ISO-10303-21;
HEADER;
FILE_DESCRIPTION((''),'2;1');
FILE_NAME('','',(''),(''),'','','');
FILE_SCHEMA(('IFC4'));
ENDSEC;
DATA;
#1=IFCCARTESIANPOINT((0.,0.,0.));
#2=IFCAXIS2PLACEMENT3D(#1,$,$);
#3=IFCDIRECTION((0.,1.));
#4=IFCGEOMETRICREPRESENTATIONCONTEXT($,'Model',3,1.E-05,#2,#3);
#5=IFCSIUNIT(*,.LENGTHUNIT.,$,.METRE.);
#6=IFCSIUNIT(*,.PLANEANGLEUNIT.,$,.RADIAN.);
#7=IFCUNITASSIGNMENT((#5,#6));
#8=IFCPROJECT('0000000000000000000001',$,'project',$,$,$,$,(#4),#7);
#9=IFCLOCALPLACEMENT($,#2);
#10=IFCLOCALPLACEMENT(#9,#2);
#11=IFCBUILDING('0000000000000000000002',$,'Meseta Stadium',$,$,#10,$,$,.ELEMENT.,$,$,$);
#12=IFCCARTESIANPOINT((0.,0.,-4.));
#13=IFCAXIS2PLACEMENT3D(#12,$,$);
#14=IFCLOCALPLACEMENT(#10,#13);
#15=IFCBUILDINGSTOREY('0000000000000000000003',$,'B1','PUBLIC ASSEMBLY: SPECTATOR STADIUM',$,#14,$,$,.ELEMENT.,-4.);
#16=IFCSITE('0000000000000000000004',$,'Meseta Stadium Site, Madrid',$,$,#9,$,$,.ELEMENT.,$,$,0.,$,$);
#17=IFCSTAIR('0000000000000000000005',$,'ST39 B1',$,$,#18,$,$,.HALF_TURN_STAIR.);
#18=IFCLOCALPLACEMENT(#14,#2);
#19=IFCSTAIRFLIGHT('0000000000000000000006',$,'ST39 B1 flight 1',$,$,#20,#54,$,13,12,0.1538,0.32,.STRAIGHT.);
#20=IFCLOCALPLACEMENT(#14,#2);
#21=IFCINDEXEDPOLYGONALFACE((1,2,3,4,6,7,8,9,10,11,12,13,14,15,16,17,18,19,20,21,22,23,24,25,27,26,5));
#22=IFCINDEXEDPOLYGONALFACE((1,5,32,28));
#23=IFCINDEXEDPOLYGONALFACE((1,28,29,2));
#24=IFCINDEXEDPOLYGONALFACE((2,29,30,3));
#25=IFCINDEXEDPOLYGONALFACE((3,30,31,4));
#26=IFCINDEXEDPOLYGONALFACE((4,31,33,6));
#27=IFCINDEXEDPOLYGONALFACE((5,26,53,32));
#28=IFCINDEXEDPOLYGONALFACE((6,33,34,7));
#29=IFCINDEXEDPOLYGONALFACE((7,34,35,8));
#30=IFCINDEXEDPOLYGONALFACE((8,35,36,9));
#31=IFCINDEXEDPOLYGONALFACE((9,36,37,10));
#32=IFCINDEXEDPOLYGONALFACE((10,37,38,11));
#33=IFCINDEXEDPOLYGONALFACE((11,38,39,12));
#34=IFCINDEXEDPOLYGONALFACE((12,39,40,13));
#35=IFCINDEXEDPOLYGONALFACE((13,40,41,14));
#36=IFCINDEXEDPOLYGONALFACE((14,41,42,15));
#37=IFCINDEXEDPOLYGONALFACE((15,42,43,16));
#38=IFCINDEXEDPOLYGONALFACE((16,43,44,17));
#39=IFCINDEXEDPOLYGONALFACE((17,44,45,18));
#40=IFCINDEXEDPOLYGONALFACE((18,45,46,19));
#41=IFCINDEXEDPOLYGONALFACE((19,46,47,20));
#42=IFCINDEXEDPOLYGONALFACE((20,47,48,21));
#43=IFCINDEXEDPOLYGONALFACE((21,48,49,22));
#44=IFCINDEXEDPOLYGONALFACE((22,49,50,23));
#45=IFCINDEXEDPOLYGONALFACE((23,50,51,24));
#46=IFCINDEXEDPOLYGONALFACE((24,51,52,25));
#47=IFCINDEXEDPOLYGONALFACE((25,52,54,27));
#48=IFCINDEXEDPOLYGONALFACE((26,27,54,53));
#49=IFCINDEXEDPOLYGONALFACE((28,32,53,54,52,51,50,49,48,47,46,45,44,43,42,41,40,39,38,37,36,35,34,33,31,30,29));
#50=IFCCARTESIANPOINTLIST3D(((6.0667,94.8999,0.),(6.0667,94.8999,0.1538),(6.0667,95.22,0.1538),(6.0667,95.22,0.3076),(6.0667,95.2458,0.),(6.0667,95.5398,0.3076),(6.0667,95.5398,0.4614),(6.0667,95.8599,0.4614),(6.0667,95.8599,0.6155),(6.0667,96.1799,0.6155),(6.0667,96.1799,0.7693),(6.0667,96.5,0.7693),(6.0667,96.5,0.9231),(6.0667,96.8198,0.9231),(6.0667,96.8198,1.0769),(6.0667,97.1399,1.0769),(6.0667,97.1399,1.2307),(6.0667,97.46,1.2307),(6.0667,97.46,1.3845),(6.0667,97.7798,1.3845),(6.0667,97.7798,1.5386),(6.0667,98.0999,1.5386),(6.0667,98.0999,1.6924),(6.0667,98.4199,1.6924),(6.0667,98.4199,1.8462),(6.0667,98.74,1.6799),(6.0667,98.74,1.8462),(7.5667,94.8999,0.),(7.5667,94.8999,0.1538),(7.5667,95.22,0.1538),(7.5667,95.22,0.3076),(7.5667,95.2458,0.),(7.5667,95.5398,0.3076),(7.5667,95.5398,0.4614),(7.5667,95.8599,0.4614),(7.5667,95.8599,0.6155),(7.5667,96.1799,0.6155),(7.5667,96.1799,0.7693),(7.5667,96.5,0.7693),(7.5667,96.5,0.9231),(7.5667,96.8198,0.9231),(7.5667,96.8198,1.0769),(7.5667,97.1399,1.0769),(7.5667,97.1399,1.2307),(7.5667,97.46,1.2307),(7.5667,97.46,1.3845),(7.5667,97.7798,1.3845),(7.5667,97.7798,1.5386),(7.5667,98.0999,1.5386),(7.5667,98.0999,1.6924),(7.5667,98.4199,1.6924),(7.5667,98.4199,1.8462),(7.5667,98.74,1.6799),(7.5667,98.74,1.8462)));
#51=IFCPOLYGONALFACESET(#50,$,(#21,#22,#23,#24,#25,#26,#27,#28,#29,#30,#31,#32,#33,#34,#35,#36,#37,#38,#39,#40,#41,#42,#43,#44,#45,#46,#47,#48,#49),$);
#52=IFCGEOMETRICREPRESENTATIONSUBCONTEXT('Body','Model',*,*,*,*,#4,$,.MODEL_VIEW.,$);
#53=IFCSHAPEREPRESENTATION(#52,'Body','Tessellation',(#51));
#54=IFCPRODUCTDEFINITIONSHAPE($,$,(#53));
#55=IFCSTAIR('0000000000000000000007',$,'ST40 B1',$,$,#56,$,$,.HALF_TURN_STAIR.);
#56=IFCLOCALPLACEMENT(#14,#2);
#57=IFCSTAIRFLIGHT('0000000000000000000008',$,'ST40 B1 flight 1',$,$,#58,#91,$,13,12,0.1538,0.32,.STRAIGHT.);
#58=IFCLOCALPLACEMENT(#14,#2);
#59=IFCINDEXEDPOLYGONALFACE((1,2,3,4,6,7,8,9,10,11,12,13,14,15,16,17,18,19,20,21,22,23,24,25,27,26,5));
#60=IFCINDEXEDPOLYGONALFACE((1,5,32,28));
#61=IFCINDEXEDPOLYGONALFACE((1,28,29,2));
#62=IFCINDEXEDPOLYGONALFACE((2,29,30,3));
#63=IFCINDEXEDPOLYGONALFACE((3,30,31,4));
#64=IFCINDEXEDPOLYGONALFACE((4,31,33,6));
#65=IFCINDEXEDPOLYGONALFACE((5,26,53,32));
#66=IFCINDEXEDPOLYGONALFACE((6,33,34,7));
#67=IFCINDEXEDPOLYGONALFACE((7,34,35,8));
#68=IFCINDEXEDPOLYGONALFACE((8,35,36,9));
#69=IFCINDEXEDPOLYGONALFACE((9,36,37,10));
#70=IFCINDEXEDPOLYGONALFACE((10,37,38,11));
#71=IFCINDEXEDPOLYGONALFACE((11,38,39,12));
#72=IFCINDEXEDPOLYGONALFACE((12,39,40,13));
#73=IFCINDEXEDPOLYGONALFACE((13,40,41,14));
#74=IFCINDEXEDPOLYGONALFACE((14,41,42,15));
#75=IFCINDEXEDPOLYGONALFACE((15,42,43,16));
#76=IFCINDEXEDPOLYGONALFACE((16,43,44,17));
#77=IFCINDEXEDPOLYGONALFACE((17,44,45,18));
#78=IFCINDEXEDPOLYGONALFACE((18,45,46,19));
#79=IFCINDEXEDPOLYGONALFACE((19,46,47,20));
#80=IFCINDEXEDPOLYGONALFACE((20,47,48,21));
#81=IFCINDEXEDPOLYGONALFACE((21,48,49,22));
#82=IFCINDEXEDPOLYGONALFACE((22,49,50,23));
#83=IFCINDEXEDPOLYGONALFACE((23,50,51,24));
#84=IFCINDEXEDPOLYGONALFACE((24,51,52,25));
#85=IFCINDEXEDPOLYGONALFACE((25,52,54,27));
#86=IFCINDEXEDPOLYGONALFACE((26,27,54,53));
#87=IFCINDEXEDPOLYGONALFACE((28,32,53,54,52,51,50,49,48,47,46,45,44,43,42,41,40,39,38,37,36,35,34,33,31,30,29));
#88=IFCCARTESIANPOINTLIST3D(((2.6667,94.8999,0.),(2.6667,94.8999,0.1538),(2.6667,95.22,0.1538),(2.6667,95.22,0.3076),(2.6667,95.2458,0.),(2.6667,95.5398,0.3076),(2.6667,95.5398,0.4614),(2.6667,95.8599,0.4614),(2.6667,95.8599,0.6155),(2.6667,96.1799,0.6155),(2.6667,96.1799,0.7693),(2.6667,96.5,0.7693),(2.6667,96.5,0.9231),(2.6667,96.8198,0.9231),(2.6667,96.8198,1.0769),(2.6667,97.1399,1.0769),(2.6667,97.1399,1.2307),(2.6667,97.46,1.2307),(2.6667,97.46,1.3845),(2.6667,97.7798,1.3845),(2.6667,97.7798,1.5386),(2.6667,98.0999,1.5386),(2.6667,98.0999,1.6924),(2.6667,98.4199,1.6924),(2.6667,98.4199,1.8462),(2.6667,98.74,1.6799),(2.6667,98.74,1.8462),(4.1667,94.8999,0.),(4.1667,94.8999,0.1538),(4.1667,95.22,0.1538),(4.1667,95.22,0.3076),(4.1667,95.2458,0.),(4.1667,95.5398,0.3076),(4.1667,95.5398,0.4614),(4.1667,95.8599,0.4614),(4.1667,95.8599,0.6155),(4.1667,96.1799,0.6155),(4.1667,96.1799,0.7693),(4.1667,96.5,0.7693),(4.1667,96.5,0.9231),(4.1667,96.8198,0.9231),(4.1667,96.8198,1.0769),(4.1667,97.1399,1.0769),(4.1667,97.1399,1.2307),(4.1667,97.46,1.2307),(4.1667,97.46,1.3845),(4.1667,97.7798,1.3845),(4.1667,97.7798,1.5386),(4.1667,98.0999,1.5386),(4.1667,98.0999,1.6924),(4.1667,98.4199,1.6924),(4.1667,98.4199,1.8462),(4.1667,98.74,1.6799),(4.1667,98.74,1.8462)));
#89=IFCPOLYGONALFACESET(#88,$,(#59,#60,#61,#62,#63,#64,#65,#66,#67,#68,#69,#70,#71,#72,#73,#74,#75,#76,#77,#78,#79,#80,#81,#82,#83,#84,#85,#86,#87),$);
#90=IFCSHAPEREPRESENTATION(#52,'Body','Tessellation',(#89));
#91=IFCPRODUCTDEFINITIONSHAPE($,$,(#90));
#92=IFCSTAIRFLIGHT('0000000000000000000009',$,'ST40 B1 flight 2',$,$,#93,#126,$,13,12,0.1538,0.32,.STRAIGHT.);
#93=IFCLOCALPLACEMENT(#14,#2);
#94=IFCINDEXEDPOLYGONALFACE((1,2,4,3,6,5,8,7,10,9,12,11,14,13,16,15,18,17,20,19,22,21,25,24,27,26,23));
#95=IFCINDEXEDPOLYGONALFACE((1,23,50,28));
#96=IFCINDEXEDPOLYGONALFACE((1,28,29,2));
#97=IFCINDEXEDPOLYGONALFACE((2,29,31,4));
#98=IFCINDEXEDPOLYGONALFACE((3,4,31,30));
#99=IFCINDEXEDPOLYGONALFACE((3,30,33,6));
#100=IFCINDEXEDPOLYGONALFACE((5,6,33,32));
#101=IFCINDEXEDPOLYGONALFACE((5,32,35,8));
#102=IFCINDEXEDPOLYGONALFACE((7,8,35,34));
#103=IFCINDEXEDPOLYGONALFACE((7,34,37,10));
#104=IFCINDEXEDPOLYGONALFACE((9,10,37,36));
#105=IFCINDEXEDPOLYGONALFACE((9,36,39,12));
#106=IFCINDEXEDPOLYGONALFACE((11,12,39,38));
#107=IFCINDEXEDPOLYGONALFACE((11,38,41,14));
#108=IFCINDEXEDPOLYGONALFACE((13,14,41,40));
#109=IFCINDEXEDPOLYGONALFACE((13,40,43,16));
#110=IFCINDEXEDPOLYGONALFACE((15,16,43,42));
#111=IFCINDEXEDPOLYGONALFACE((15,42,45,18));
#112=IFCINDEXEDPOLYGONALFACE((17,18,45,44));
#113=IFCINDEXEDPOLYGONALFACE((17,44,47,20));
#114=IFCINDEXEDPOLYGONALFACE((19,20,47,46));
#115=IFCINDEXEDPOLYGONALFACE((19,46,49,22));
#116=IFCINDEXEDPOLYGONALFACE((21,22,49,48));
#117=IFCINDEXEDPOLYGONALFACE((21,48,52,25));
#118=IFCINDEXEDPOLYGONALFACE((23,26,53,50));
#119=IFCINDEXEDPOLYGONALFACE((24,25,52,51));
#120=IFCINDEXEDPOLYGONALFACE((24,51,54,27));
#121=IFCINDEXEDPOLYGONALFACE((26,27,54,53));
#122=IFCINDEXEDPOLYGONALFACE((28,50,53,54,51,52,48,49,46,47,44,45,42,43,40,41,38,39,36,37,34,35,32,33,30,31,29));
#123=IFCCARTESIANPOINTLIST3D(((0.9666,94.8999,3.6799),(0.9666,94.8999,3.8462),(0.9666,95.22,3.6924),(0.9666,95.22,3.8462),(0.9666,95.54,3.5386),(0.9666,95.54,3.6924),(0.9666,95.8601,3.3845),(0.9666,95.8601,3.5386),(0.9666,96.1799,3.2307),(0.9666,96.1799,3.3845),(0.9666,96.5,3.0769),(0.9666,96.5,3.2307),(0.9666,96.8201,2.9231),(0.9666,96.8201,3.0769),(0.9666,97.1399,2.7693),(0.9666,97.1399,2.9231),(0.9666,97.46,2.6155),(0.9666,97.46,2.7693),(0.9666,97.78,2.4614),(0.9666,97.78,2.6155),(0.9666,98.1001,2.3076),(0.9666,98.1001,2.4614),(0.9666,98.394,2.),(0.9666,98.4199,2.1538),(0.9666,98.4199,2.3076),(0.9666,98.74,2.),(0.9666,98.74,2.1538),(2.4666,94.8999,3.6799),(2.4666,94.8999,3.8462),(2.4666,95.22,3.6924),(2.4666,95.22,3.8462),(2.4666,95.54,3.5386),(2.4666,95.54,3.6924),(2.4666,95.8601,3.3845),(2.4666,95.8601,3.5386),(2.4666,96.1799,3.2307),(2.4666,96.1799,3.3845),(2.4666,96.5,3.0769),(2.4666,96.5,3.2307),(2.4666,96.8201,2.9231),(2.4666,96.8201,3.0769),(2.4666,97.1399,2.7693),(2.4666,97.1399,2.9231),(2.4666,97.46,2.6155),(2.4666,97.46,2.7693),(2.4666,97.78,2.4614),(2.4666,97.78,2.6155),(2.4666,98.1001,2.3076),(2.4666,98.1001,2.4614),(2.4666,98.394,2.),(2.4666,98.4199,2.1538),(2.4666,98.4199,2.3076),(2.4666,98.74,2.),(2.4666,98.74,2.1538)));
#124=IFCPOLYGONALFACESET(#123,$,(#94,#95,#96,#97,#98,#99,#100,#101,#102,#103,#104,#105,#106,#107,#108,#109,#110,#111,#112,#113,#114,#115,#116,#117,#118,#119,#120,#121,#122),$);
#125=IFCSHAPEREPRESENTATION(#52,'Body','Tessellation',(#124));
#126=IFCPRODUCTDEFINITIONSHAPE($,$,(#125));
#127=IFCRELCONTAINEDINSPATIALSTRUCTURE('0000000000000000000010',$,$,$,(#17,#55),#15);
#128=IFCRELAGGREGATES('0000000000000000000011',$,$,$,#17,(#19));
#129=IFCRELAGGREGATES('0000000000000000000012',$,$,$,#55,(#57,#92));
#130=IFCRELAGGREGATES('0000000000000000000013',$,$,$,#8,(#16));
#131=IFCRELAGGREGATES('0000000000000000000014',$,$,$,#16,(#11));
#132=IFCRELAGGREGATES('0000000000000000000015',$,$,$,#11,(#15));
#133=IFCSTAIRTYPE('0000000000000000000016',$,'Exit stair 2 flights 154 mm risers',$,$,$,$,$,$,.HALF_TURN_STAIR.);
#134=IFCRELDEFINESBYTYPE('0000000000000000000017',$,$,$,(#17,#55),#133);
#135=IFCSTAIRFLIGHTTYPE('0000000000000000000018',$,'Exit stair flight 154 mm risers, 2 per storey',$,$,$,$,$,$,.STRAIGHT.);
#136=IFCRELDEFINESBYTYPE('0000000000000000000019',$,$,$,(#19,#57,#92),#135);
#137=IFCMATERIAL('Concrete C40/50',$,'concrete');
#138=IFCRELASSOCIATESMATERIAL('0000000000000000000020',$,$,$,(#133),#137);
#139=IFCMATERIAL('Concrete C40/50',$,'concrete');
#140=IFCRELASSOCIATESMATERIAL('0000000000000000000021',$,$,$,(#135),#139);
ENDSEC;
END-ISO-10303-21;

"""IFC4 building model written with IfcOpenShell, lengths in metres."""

from ifc_helpers import new_model, si_unit, direction, frame, origin, place, context, subcontext, project, spatial, polyline, outline, extrude, material, type_object, element, aggregate, save


model = new_model("IFC4")

# Units and contexts
model_context = context("Model", 3, precision=1e-05, world=origin(), true_north=direction((0.0, 1.0)))
body_context = subcontext(model_context, "Body", "Model", "MODEL_VIEW")
ifc_project = project(units=[si_unit("LENGTHUNIT", "METRE"), si_unit("PLANEANGLEUNIT", "RADIAN")], contexts=[model_context])

# Site, building, storey
site_placement = place(None, origin())
site = spatial("IfcSite", under=ifc_project, at=site_placement, Name="Meseta Stadium Site, Madrid", CompositionType="ELEMENT", RefElevation=0.0)
building_placement = place(site_placement, origin())
building = spatial("IfcBuilding", under=site, at=building_placement, Name="Meseta Stadium", CompositionType="ELEMENT")
storey_placement = place(building_placement, frame((0.0, 0.0, -4.0)))
storey = spatial("IfcBuildingStorey", under=building, at=storey_placement, Name="B1", Description="PUBLIC ASSEMBLY: SPECTATOR STADIUM", CompositionType="ELEMENT", Elevation=-4.0)

# Shared definitions
ifc_material_1 = material(Name="Concrete C40/50", Category="concrete")
stair_type = type_object("IfcStairType", Name="Exit stair 2 flights 154 mm risers", PredefinedType="HALF_TURN_STAIR", material=ifc_material_1)
ifc_material_2 = material(Name="Concrete C40/50", Category="concrete")
stair_flight_type = type_object("IfcStairFlightType", Name="Exit stair flight 154 mm risers, 2 per storey", PredefinedType="STRAIGHT", material=ifc_material_2)

# Stair, stair flight
stair_1_placement = place(storey_placement, origin())
stair_1 = element("IfcStair", 1, at=stair_1_placement, inside=storey, type_object=stair_type, Name="ST39 B1", PredefinedType="HALF_TURN_STAIR")
stair_flight_1_placement = place(storey_placement, frame((6.8167, 94.8999, 0.0), z_axis=(0.0, 0.0, 1.0), x_axis=(0.0, 1.0, 0.0)))
stair_flight_1 = element("IfcStairFlight", 2, at=stair_flight_1_placement, type_object=stair_flight_type, Name="ST39 B1 flight 1", NumberOfRisers=13, NumberOfTreads=12, PredefinedType="STRAIGHT", RiserHeight=0.1538, TreadLength=0.32, context=body_context, shape_type="SweptSolid", body=[
    extrude(outline(polyline([(0.0, 0.0), (0.0, 0.1538), (0.3201, 0.1538), (0.3201, 0.3076), (0.6399, 0.3076), (0.6399, 0.4614), (0.96, 0.4614), (0.96, 0.6155), (1.28, 0.6155), (1.28, 0.7693), (1.6001, 0.7693), (1.6001, 0.9231), (1.9199, 0.9231), (1.9199, 1.0769), (2.24, 1.0769), (2.24, 1.2307), (2.5601, 1.2307), (2.5601, 1.3845), (2.8799, 1.3845), (2.8799, 1.5386), (3.2, 1.5386), (3.2, 1.6924), (3.52, 1.6924), (3.52, 1.8462), (3.8401, 1.8462), (3.8401, 1.6799), (0.3459, 0.0), (0.0, 0.0)])), frame((0.0, 0.75, 0.0), z_axis=(0.0, -1.0, 0.0), x_axis=(1.0, 0.0, 0.0)), (0.0, 0.0, 1.0), 1.5),
])
aggregate(stair_1, [stair_flight_1])

# Stair, stair flights
stair_2_placement = place(storey_placement, origin())
stair_2 = element("IfcStair", 3, at=stair_2_placement, inside=storey, type_object=stair_type, Name="ST40 B1", PredefinedType="HALF_TURN_STAIR")
stair_flight_2_placement = place(storey_placement, frame((3.4167, 94.8999, 0.0), z_axis=(0.0, 0.0, 1.0), x_axis=(0.0, 1.0, 0.0)))
stair_flight_2 = element("IfcStairFlight", 4, at=stair_flight_2_placement, type_object=stair_flight_type, Name="ST40 B1 flight 1", NumberOfRisers=13, NumberOfTreads=12, PredefinedType="STRAIGHT", RiserHeight=0.1538, TreadLength=0.32, context=body_context, shape_type="SweptSolid", body=[
    extrude(outline(polyline([(0.0, 0.0), (0.0, 0.1538), (0.3201, 0.1538), (0.3201, 0.3076), (0.6399, 0.3076), (0.6399, 0.4614), (0.96, 0.4614), (0.96, 0.6155), (1.28, 0.6155), (1.28, 0.7693), (1.6001, 0.7693), (1.6001, 0.9231), (1.9199, 0.9231), (1.9199, 1.0769), (2.24, 1.0769), (2.24, 1.2307), (2.5601, 1.2307), (2.5601, 1.3845), (2.8799, 1.3845), (2.8799, 1.5386), (3.2, 1.5386), (3.2, 1.6924), (3.52, 1.6924), (3.52, 1.8462), (3.8401, 1.8462), (3.8401, 1.6799), (0.3459, 0.0), (0.0, 0.0)])), frame((0.0, 0.75, 0.0), z_axis=(0.0, -1.0, 0.0), x_axis=(1.0, 0.0, 0.0)), (0.0, 0.0, 1.0), 1.5),
])
stair_flight_3_placement = place(storey_placement, frame((1.7166, 98.74, 2.0), z_axis=(0.0, 0.0, 1.0), x_axis=(0.0, -1.0, 0.0)))
stair_flight_3 = element("IfcStairFlight", 5, at=stair_flight_3_placement, type_object=stair_flight_type, Name="ST40 B1 flight 2", NumberOfRisers=13, NumberOfTreads=12, PredefinedType="STRAIGHT", RiserHeight=0.1538, TreadLength=0.32, context=body_context, shape_type="SweptSolid", body=[
    extrude(outline(polyline([(0.0, 0.0), (0.0, 0.1538), (0.3201, 0.1538), (0.3201, 0.3076), (0.6399, 0.3076), (0.6399, 0.4614), (0.96, 0.4614), (0.96, 0.6155), (1.28, 0.6155), (1.28, 0.7693), (1.6001, 0.7693), (1.6001, 0.9231), (1.9199, 0.9231), (1.9199, 1.0769), (2.24, 1.0769), (2.24, 1.2307), (2.5601, 1.2307), (2.5601, 1.3845), (2.8799, 1.3845), (2.8799, 1.5386), (3.2, 1.5386), (3.2, 1.6924), (3.52, 1.6924), (3.52, 1.8462), (3.8401, 1.8462), (3.8401, 1.6799), (0.3459, 0.0), (0.0, 0.0)])), frame((0.0, 0.75, 0.0), z_axis=(0.0, -1.0, 0.0), x_axis=(1.0, 0.0, 0.0)), (0.0, 0.0, 1.0), 1.5),
])
aggregate(stair_2, [stair_flight_2, stair_flight_3])

save(model, "model.ifc")
